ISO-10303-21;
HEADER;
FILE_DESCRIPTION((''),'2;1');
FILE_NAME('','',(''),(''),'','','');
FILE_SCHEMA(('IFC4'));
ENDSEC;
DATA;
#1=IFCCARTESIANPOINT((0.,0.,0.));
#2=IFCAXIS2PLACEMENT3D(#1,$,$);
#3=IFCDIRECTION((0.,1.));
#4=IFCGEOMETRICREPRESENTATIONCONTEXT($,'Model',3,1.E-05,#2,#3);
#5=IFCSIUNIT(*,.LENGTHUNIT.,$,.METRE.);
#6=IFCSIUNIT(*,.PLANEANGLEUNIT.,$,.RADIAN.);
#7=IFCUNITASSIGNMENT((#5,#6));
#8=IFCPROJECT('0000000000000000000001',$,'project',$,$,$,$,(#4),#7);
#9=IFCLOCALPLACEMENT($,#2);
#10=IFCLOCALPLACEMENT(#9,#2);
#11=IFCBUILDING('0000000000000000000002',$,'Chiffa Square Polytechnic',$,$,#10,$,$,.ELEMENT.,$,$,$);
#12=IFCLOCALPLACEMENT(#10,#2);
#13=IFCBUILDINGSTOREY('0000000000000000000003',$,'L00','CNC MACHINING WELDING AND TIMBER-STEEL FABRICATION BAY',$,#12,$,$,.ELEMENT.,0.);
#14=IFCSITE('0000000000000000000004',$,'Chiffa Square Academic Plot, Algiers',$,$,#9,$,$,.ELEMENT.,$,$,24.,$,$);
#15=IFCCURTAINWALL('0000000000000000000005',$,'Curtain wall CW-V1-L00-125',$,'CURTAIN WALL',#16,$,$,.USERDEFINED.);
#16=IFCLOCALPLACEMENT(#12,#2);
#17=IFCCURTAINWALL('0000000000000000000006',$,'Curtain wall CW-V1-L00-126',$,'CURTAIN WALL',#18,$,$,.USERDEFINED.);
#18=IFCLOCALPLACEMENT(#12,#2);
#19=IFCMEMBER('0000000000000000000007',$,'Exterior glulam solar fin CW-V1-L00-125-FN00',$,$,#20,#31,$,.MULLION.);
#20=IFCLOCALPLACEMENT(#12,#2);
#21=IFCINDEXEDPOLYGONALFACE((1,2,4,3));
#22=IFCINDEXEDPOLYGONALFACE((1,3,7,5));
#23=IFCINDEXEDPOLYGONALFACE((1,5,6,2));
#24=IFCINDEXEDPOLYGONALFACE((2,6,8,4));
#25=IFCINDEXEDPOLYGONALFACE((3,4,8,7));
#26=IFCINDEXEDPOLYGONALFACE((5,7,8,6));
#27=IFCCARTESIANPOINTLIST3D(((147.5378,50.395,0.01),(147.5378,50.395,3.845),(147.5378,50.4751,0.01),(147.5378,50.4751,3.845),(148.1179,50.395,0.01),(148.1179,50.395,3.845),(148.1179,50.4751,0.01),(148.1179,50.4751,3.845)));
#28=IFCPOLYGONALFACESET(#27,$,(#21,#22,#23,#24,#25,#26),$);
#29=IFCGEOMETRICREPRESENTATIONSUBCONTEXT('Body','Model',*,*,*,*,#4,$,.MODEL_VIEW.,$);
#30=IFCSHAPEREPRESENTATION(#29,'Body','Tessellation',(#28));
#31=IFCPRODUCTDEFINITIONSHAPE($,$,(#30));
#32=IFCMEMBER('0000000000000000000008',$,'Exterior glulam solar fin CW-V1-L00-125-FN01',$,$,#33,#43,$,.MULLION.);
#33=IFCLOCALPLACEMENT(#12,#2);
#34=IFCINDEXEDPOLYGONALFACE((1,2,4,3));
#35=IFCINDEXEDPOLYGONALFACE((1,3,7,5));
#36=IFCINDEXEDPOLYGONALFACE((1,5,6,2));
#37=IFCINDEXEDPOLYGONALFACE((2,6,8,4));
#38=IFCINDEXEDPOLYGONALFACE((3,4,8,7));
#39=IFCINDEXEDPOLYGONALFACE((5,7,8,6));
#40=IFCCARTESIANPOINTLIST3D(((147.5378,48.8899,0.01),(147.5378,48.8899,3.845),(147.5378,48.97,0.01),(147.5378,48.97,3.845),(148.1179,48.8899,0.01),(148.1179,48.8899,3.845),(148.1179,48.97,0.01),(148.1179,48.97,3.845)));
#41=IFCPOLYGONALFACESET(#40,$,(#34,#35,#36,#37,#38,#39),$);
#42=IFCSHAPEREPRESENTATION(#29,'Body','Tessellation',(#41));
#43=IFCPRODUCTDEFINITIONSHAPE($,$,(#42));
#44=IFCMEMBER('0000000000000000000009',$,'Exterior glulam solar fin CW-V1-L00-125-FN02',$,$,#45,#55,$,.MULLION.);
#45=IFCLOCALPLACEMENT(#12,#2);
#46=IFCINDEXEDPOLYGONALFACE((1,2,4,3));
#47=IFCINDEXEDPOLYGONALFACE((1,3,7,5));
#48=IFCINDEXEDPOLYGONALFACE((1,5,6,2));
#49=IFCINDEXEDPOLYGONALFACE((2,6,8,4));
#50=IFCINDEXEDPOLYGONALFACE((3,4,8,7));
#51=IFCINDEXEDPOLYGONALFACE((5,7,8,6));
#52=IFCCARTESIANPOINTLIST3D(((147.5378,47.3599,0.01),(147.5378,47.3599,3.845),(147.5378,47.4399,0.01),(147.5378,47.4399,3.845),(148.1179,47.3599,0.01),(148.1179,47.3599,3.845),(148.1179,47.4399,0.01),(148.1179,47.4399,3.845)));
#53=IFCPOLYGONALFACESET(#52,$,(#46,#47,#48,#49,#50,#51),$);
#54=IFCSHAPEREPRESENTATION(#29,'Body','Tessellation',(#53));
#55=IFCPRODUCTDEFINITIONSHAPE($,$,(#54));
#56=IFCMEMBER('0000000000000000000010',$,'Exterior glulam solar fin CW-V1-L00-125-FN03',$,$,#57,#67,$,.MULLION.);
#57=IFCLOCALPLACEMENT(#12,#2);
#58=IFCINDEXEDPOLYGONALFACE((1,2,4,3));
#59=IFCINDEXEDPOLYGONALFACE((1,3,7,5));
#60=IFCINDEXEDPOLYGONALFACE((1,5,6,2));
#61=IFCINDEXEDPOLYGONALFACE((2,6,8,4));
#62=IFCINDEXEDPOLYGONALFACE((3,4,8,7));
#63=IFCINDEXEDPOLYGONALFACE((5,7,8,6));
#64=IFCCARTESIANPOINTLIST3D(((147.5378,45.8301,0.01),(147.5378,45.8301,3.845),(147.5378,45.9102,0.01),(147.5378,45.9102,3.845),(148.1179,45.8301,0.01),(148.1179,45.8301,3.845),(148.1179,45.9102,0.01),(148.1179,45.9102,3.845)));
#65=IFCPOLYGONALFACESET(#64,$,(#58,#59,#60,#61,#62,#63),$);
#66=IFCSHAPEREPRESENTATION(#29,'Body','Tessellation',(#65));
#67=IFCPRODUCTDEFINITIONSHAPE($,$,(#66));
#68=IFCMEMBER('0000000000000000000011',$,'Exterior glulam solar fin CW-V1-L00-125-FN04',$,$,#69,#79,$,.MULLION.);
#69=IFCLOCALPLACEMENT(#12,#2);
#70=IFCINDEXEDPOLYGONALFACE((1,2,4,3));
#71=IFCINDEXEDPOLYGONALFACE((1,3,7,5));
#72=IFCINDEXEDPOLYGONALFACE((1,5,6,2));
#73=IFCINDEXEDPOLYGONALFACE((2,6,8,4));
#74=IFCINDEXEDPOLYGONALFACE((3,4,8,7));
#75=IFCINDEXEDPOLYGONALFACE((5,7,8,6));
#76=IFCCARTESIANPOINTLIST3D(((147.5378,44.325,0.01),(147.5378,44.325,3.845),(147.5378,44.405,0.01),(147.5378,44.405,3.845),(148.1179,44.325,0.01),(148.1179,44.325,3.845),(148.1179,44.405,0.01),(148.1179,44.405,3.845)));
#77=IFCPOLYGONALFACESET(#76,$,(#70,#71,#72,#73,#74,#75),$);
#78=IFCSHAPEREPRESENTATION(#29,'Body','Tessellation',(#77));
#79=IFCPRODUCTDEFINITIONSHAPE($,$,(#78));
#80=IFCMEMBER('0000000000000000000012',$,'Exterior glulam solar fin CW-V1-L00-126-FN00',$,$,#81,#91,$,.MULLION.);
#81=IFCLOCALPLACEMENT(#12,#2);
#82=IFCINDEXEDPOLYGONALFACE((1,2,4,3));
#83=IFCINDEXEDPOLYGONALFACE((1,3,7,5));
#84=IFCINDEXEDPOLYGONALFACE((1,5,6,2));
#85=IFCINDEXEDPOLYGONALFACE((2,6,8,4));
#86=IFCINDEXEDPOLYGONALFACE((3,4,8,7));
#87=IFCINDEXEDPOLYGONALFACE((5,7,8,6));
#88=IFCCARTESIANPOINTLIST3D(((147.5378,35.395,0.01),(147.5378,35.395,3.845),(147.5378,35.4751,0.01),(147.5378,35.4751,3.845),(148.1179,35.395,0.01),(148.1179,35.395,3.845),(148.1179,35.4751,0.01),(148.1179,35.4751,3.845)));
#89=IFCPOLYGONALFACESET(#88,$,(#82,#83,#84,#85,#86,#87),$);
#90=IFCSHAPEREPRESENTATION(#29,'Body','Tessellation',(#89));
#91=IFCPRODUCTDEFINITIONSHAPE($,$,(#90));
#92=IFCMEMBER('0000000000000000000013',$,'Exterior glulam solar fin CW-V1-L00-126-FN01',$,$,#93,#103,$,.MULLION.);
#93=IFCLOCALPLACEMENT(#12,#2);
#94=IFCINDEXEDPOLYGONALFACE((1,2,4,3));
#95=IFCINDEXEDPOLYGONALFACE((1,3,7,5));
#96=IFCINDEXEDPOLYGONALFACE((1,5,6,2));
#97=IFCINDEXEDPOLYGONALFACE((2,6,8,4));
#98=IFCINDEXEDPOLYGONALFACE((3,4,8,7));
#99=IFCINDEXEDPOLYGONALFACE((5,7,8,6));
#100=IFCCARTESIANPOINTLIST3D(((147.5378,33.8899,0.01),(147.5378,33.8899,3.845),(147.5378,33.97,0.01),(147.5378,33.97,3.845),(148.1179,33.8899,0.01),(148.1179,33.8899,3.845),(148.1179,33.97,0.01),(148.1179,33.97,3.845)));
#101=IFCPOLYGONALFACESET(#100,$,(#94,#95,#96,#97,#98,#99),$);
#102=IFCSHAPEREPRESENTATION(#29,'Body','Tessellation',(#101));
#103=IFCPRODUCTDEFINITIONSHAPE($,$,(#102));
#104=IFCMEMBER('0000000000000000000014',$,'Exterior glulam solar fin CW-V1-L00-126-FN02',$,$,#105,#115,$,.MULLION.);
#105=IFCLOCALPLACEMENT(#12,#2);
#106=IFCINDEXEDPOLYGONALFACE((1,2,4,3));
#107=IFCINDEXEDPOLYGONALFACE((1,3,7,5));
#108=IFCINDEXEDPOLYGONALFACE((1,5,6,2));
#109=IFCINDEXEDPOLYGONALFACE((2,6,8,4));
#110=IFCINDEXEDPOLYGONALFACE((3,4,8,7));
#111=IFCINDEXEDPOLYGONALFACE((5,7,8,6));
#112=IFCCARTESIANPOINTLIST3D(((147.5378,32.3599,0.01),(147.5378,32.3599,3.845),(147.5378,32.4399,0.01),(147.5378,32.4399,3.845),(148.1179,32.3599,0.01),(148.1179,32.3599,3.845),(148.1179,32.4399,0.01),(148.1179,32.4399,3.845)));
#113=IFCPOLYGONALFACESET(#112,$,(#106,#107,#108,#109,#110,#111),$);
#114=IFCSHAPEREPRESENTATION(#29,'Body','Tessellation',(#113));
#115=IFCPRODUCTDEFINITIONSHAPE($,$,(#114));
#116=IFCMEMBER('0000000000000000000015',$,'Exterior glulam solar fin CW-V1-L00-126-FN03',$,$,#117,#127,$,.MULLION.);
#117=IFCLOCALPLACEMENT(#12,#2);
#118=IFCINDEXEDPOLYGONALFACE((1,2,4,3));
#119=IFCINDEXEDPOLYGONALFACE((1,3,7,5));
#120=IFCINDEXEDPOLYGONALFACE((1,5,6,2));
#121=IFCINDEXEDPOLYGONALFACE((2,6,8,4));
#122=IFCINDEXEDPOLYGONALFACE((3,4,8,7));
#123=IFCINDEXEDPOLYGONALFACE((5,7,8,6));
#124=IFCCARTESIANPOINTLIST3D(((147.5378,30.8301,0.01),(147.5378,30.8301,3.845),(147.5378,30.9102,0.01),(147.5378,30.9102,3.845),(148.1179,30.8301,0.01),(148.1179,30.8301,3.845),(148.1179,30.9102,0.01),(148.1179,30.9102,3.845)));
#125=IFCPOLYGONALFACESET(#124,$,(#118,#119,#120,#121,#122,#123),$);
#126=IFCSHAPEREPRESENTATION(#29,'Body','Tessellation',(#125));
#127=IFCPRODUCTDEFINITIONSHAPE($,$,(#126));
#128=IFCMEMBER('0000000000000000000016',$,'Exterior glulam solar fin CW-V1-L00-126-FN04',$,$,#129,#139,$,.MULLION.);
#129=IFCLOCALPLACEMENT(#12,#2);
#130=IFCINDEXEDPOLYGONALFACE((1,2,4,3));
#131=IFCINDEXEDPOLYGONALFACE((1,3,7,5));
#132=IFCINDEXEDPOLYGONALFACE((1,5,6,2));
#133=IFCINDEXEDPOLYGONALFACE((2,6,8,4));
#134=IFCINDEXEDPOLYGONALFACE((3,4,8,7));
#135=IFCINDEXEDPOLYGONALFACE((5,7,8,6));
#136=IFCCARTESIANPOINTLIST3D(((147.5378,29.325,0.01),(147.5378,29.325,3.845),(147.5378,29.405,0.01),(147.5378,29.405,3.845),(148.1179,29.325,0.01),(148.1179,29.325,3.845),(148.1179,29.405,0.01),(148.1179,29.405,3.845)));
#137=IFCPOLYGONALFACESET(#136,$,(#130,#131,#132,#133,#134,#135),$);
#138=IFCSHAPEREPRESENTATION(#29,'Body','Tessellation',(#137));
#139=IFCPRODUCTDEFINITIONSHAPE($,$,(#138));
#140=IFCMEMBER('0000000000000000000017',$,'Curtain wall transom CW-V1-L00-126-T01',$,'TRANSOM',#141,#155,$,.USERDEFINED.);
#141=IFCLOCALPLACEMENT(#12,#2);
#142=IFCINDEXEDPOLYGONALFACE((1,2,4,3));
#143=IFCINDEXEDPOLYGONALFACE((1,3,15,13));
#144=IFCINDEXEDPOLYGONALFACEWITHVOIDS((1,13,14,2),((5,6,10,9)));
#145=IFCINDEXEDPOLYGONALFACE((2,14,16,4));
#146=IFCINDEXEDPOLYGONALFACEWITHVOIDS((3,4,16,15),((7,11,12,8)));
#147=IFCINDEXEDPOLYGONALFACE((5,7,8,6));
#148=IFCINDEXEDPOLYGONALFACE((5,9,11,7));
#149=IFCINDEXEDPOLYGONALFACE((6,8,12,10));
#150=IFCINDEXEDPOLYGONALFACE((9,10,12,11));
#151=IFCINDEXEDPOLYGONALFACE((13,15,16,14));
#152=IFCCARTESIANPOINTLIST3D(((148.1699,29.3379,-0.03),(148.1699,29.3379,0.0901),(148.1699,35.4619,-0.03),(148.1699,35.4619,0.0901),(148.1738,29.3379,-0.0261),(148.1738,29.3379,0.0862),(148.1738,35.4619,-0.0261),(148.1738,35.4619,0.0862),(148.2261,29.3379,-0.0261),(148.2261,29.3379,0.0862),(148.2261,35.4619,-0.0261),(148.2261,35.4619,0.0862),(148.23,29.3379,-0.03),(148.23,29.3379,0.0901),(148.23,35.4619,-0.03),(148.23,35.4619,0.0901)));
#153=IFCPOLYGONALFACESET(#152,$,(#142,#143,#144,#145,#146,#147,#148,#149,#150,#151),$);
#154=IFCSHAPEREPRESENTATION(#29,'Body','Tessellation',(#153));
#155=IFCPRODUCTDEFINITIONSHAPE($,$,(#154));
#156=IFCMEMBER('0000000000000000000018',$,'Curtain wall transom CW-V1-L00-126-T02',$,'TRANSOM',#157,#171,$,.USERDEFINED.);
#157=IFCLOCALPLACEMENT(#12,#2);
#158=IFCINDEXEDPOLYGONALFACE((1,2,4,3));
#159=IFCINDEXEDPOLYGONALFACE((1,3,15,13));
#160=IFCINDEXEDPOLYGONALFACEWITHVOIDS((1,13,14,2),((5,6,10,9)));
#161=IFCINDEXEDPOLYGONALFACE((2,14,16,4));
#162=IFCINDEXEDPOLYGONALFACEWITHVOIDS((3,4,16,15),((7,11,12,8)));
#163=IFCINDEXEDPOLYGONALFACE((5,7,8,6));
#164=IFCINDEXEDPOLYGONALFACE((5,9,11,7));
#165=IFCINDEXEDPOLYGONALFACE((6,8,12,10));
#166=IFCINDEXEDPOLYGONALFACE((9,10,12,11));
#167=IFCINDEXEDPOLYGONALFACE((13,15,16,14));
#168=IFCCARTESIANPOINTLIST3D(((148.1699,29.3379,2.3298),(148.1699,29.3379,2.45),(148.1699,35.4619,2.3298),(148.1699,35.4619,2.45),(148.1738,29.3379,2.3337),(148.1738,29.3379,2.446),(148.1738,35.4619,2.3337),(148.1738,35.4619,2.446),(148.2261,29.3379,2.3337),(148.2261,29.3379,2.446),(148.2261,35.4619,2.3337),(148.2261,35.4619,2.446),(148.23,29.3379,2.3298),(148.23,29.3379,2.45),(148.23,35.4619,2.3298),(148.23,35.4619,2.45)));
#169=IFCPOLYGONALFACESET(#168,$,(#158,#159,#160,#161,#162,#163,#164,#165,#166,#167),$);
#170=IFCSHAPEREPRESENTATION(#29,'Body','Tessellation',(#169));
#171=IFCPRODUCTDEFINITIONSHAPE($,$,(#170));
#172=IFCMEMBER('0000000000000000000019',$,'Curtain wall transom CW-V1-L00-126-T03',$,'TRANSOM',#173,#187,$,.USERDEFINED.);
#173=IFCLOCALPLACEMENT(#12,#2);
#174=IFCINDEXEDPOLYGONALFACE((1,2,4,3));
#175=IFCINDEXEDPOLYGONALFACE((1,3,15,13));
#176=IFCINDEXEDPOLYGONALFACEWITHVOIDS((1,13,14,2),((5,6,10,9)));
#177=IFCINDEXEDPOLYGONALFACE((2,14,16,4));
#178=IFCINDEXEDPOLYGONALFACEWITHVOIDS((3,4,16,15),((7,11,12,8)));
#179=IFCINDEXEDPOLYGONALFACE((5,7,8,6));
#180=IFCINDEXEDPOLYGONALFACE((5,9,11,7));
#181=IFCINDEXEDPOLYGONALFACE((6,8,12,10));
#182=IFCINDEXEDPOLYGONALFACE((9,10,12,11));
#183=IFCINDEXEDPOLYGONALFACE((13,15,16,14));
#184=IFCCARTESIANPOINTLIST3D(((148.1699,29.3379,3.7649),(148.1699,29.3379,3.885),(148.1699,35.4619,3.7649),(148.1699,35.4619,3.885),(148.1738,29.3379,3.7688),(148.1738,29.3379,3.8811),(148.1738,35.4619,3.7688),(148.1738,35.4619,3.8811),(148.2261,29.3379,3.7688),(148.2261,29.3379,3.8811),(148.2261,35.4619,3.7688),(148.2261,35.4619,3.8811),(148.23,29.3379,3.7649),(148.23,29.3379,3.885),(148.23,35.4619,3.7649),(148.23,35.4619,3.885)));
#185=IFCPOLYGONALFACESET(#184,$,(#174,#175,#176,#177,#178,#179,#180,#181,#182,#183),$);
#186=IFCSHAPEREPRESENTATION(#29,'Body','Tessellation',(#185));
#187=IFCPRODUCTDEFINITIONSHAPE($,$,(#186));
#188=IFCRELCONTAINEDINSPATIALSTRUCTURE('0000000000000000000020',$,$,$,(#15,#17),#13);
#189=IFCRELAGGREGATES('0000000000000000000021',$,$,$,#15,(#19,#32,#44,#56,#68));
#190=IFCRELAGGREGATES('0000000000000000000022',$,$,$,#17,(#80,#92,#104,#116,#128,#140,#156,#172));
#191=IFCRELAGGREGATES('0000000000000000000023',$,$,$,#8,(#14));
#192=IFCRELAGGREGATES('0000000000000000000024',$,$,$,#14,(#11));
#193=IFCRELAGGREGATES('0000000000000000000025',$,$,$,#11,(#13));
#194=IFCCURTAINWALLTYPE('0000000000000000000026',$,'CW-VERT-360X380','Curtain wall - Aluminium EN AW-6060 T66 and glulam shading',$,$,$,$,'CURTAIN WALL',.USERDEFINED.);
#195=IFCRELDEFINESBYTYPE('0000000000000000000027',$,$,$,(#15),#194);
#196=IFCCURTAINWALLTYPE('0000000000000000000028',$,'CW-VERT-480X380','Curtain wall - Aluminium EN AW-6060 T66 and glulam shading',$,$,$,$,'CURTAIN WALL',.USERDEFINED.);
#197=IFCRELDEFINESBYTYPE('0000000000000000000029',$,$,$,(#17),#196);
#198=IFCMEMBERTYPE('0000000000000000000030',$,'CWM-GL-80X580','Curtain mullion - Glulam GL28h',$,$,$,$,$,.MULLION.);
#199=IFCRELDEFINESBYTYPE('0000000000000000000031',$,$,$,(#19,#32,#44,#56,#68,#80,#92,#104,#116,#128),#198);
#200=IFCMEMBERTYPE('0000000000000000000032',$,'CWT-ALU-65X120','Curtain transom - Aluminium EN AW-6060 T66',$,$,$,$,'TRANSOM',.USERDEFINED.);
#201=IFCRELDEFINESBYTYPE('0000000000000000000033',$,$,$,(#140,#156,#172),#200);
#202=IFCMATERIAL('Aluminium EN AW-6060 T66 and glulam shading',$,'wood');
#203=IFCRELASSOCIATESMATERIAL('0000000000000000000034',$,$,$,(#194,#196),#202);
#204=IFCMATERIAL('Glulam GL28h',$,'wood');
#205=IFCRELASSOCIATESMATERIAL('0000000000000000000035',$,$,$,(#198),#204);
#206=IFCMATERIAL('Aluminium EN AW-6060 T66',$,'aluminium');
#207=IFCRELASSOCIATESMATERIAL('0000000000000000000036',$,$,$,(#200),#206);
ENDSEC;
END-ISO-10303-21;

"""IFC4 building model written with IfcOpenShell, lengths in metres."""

from ifc_helpers import new_model, si_unit, direction, frame, origin, origin_2d, place, context, subcontext, project, spatial, rectangle, hollow_rectangle, extrude, material, material_profile, profile_set, type_object, element, aggregate, save


model = new_model("IFC4")

# Units and contexts
model_context = context("Model", 3, precision=1e-05, world=origin(), true_north=direction((0.0, 1.0)))
body_context = subcontext(model_context, "Body", "Model", "MODEL_VIEW")
ifc_project = project(units=[si_unit("LENGTHUNIT", "METRE"), si_unit("PLANEANGLEUNIT", "RADIAN")], contexts=[model_context])

# Site, building, storey
site_placement = place(None, origin())
site = spatial("IfcSite", under=ifc_project, at=site_placement, Name="Chiffa Square Academic Plot, Algiers", CompositionType="ELEMENT", RefElevation=24.0)
building_placement = place(site_placement, origin())
building = spatial("IfcBuilding", under=site, at=building_placement, Name="Chiffa Square Polytechnic", CompositionType="ELEMENT")
storey_placement = place(building_placement, origin())
storey = spatial("IfcBuildingStorey", under=building, at=storey_placement, Name="L00", Description="CNC MACHINING WELDING AND TIMBER-STEEL FABRICATION BAY", CompositionType="ELEMENT", Elevation=0.0)

# Curtain wall
ifc_material_1 = material(Name="Aluminium EN AW-6060 T66 and glulam shading", Category="wood")
curtain_wall_type_1 = type_object("IfcCurtainWallType", Name="CW-VERT-360X380", Description="Curtain wall - Aluminium EN AW-6060 T66 and glulam shading", ElementType="CURTAIN WALL", PredefinedType="USERDEFINED", material=ifc_material_1)
curtain_wall_1_placement = place(storey_placement, origin())
curtain_wall_1 = element("IfcCurtainWall", 1, at=curtain_wall_1_placement, inside=storey, type_object=curtain_wall_type_1, Name="Curtain wall CW-V1-L00-125", ObjectType="CURTAIN WALL", PredefinedType="USERDEFINED")
ifc_material_2 = material(Name="Aluminium EN AW-6060 T66", Category="aluminium")

# Curtain wall
curtain_wall_type_2 = type_object("IfcCurtainWallType", Name="CW-VERT-480X380", Description="Curtain wall - Aluminium EN AW-6060 T66 and glulam shading", ElementType="CURTAIN WALL", PredefinedType="USERDEFINED", material=ifc_material_1)
curtain_wall_2_placement = place(storey_placement, origin())
curtain_wall_2 = element("IfcCurtainWall", 2, at=curtain_wall_2_placement, inside=storey, type_object=curtain_wall_type_2, Name="Curtain wall CW-V1-L00-126", ObjectType="CURTAIN WALL", PredefinedType="USERDEFINED")

# Members
ifc_material_3 = material(Name="Glulam GL28h", Category="wood")
ifc_material_profile_1 = material_profile(ifc_material_3, rectangle(XDim=0.0801, YDim=0.5801, at=origin_2d()), Name="GL28h 80x580")
ifc_profile_set_1 = profile_set([ifc_material_profile_1], Name="Glulam GL28h")
member_type_1 = type_object("IfcMemberType", Name="CWM-GL-80X580", Description="Curtain mullion - Glulam GL28h", PredefinedType="MULLION", material=ifc_profile_set_1)
member_1_placement = place(storey_placement, frame((147.8279, 50.4351, 0.01), z_axis=(0.0, 0.0, 1.0), x_axis=(0.0, -1.0, 0.0)))
member_1 = element("IfcMember", 3, at=member_1_placement, type_object=member_type_1, Name="Exterior glulam solar fin CW-V1-L00-125-FN00", PredefinedType="MULLION", context=body_context, shape_type="SweptSolid", body=[
    extrude(rectangle(XDim=0.0801, YDim=0.5801, at=origin_2d()), origin(), (0.0, 0.0, 1.0), 3.835),
])
member_2_placement = place(storey_placement, frame((147.8279, 48.9299, 0.01), z_axis=(0.0, 0.0, 1.0), x_axis=(0.0, -1.0, 0.0)))
member_2 = element("IfcMember", 4, at=member_2_placement, type_object=member_type_1, Name="Exterior glulam solar fin CW-V1-L00-125-FN01", PredefinedType="MULLION", context=body_context, shape_type="SweptSolid", body=[
    extrude(rectangle(XDim=0.0801, YDim=0.5801, at=origin_2d()), origin(), (0.0, 0.0, 1.0), 3.835),
])
member_3_placement = place(storey_placement, frame((147.8279, 47.3999, 0.01), z_axis=(0.0, 0.0, 1.0), x_axis=(0.0, -1.0, 0.0)))
member_3 = element("IfcMember", 5, at=member_3_placement, type_object=member_type_1, Name="Exterior glulam solar fin CW-V1-L00-125-FN02", PredefinedType="MULLION", context=body_context, shape_type="SweptSolid", body=[
    extrude(rectangle(XDim=0.0801, YDim=0.5801, at=origin_2d()), origin(), (0.0, 0.0, 1.0), 3.835),
])
member_4_placement = place(storey_placement, frame((147.8279, 45.8701, 0.01), z_axis=(0.0, 0.0, 1.0), x_axis=(0.0, -1.0, 0.0)))
member_4 = element("IfcMember", 6, at=member_4_placement, type_object=member_type_1, Name="Exterior glulam solar fin CW-V1-L00-125-FN03", PredefinedType="MULLION", context=body_context, shape_type="SweptSolid", body=[
    extrude(rectangle(XDim=0.0801, YDim=0.5801, at=origin_2d()), origin(), (0.0, 0.0, 1.0), 3.835),
])
member_5_placement = place(storey_placement, frame((147.8279, 44.365, 0.01), z_axis=(0.0, 0.0, 1.0), x_axis=(0.0, -1.0, 0.0)))
member_5 = element("IfcMember", 7, at=member_5_placement, type_object=member_type_1, Name="Exterior glulam solar fin CW-V1-L00-125-FN04", PredefinedType="MULLION", context=body_context, shape_type="SweptSolid", body=[
    extrude(rectangle(XDim=0.0801, YDim=0.5801, at=origin_2d()), origin(), (0.0, 0.0, 1.0), 3.835),
])
member_6_placement = place(storey_placement, frame((147.8279, 35.4351, 0.01), z_axis=(0.0, 0.0, 1.0), x_axis=(0.0, -1.0, 0.0)))
member_6 = element("IfcMember", 8, at=member_6_placement, type_object=member_type_1, Name="Exterior glulam solar fin CW-V1-L00-126-FN00", PredefinedType="MULLION", context=body_context, shape_type="SweptSolid", body=[
    extrude(rectangle(XDim=0.0801, YDim=0.5801, at=origin_2d()), origin(), (0.0, 0.0, 1.0), 3.835),
])
member_7_placement = place(storey_placement, frame((147.8279, 33.9299, 0.01), z_axis=(0.0, 0.0, 1.0), x_axis=(0.0, -1.0, 0.0)))
member_7 = element("IfcMember", 9, at=member_7_placement, type_object=member_type_1, Name="Exterior glulam solar fin CW-V1-L00-126-FN01", PredefinedType="MULLION", context=body_context, shape_type="SweptSolid", body=[
    extrude(rectangle(XDim=0.0801, YDim=0.5801, at=origin_2d()), origin(), (0.0, 0.0, 1.0), 3.835),
])
member_8_placement = place(storey_placement, frame((147.8279, 32.3999, 0.01), z_axis=(0.0, 0.0, 1.0), x_axis=(0.0, -1.0, 0.0)))
member_8 = element("IfcMember", 10, at=member_8_placement, type_object=member_type_1, Name="Exterior glulam solar fin CW-V1-L00-126-FN02", PredefinedType="MULLION", context=body_context, shape_type="SweptSolid", body=[
    extrude(rectangle(XDim=0.0801, YDim=0.5801, at=origin_2d()), origin(), (0.0, 0.0, 1.0), 3.835),
])
member_9_placement = place(storey_placement, frame((147.8279, 30.8701, 0.01), z_axis=(0.0, 0.0, 1.0), x_axis=(0.0, -1.0, 0.0)))
member_9 = element("IfcMember", 11, at=member_9_placement, type_object=member_type_1, Name="Exterior glulam solar fin CW-V1-L00-126-FN03", PredefinedType="MULLION", context=body_context, shape_type="SweptSolid", body=[
    extrude(rectangle(XDim=0.0801, YDim=0.5801, at=origin_2d()), origin(), (0.0, 0.0, 1.0), 3.835),
])
member_10_placement = place(storey_placement, frame((147.8279, 29.365, 0.01), z_axis=(0.0, 0.0, 1.0), x_axis=(0.0, -1.0, 0.0)))
member_10 = element("IfcMember", 12, at=member_10_placement, type_object=member_type_1, Name="Exterior glulam solar fin CW-V1-L00-126-FN04", PredefinedType="MULLION", context=body_context, shape_type="SweptSolid", body=[
    extrude(rectangle(XDim=0.0801, YDim=0.5801, at=origin_2d()), origin(), (0.0, 0.0, 1.0), 3.835),
])
ifc_material_profile_2 = material_profile(ifc_material_2, hollow_rectangle(XDim=0.0601, YDim=0.1201, WallThickness=0.0039, at=origin_2d()), Name="ALU 60x120x4")
ifc_profile_set_2 = profile_set([ifc_material_profile_2], Name="Aluminium EN AW-6060 T66")
member_type_2 = type_object("IfcMemberType", Name="CWT-ALU-65X120", Description="Curtain transom - Aluminium EN AW-6060 T66", ElementType="TRANSOM", PredefinedType="USERDEFINED", material=ifc_profile_set_2)
member_11_placement = place(storey_placement, frame((148.2, 35.4619, 0.03), z_axis=(0.0, -1.0, 0.0), x_axis=(1.0, 0.0, 0.0)))
member_11 = element("IfcMember", 13, at=member_11_placement, type_object=member_type_2, Name="Curtain wall transom CW-V1-L00-126-T01", ObjectType="TRANSOM", PredefinedType="USERDEFINED", context=body_context, shape_type="SweptSolid", body=[
    extrude(hollow_rectangle(XDim=0.0601, YDim=0.1201, WallThickness=0.0039, at=origin_2d()), origin(), (0.0, 0.0, 1.0), 6.124),
])
member_12_placement = place(storey_placement, frame((148.2, 35.4619, 2.3899), z_axis=(0.0, -1.0, 0.0), x_axis=(1.0, 0.0, 0.0)))
member_12 = element("IfcMember", 14, at=member_12_placement, type_object=member_type_2, Name="Curtain wall transom CW-V1-L00-126-T02", ObjectType="TRANSOM", PredefinedType="USERDEFINED", context=body_context, shape_type="SweptSolid", body=[
    extrude(hollow_rectangle(XDim=0.0601, YDim=0.1201, WallThickness=0.0039, at=origin_2d()), origin(), (0.0, 0.0, 1.0), 6.124),
])
member_13_placement = place(storey_placement, frame((148.2, 35.4619, 3.825), z_axis=(0.0, -1.0, 0.0), x_axis=(1.0, 0.0, 0.0)))
member_13 = element("IfcMember", 15, at=member_13_placement, type_object=member_type_2, Name="Curtain wall transom CW-V1-L00-126-T03", ObjectType="TRANSOM", PredefinedType="USERDEFINED", context=body_context, shape_type="SweptSolid", body=[
    extrude(hollow_rectangle(XDim=0.0601, YDim=0.1201, WallThickness=0.0039, at=origin_2d()), origin(), (0.0, 0.0, 1.0), 6.124),
])
aggregate(curtain_wall_1, [member_1, member_2, member_3, member_4, member_5])

aggregate(curtain_wall_2, [member_6, member_7, member_8, member_9, member_10, member_11, member_12, member_13])

save(model, "model.ifc")
